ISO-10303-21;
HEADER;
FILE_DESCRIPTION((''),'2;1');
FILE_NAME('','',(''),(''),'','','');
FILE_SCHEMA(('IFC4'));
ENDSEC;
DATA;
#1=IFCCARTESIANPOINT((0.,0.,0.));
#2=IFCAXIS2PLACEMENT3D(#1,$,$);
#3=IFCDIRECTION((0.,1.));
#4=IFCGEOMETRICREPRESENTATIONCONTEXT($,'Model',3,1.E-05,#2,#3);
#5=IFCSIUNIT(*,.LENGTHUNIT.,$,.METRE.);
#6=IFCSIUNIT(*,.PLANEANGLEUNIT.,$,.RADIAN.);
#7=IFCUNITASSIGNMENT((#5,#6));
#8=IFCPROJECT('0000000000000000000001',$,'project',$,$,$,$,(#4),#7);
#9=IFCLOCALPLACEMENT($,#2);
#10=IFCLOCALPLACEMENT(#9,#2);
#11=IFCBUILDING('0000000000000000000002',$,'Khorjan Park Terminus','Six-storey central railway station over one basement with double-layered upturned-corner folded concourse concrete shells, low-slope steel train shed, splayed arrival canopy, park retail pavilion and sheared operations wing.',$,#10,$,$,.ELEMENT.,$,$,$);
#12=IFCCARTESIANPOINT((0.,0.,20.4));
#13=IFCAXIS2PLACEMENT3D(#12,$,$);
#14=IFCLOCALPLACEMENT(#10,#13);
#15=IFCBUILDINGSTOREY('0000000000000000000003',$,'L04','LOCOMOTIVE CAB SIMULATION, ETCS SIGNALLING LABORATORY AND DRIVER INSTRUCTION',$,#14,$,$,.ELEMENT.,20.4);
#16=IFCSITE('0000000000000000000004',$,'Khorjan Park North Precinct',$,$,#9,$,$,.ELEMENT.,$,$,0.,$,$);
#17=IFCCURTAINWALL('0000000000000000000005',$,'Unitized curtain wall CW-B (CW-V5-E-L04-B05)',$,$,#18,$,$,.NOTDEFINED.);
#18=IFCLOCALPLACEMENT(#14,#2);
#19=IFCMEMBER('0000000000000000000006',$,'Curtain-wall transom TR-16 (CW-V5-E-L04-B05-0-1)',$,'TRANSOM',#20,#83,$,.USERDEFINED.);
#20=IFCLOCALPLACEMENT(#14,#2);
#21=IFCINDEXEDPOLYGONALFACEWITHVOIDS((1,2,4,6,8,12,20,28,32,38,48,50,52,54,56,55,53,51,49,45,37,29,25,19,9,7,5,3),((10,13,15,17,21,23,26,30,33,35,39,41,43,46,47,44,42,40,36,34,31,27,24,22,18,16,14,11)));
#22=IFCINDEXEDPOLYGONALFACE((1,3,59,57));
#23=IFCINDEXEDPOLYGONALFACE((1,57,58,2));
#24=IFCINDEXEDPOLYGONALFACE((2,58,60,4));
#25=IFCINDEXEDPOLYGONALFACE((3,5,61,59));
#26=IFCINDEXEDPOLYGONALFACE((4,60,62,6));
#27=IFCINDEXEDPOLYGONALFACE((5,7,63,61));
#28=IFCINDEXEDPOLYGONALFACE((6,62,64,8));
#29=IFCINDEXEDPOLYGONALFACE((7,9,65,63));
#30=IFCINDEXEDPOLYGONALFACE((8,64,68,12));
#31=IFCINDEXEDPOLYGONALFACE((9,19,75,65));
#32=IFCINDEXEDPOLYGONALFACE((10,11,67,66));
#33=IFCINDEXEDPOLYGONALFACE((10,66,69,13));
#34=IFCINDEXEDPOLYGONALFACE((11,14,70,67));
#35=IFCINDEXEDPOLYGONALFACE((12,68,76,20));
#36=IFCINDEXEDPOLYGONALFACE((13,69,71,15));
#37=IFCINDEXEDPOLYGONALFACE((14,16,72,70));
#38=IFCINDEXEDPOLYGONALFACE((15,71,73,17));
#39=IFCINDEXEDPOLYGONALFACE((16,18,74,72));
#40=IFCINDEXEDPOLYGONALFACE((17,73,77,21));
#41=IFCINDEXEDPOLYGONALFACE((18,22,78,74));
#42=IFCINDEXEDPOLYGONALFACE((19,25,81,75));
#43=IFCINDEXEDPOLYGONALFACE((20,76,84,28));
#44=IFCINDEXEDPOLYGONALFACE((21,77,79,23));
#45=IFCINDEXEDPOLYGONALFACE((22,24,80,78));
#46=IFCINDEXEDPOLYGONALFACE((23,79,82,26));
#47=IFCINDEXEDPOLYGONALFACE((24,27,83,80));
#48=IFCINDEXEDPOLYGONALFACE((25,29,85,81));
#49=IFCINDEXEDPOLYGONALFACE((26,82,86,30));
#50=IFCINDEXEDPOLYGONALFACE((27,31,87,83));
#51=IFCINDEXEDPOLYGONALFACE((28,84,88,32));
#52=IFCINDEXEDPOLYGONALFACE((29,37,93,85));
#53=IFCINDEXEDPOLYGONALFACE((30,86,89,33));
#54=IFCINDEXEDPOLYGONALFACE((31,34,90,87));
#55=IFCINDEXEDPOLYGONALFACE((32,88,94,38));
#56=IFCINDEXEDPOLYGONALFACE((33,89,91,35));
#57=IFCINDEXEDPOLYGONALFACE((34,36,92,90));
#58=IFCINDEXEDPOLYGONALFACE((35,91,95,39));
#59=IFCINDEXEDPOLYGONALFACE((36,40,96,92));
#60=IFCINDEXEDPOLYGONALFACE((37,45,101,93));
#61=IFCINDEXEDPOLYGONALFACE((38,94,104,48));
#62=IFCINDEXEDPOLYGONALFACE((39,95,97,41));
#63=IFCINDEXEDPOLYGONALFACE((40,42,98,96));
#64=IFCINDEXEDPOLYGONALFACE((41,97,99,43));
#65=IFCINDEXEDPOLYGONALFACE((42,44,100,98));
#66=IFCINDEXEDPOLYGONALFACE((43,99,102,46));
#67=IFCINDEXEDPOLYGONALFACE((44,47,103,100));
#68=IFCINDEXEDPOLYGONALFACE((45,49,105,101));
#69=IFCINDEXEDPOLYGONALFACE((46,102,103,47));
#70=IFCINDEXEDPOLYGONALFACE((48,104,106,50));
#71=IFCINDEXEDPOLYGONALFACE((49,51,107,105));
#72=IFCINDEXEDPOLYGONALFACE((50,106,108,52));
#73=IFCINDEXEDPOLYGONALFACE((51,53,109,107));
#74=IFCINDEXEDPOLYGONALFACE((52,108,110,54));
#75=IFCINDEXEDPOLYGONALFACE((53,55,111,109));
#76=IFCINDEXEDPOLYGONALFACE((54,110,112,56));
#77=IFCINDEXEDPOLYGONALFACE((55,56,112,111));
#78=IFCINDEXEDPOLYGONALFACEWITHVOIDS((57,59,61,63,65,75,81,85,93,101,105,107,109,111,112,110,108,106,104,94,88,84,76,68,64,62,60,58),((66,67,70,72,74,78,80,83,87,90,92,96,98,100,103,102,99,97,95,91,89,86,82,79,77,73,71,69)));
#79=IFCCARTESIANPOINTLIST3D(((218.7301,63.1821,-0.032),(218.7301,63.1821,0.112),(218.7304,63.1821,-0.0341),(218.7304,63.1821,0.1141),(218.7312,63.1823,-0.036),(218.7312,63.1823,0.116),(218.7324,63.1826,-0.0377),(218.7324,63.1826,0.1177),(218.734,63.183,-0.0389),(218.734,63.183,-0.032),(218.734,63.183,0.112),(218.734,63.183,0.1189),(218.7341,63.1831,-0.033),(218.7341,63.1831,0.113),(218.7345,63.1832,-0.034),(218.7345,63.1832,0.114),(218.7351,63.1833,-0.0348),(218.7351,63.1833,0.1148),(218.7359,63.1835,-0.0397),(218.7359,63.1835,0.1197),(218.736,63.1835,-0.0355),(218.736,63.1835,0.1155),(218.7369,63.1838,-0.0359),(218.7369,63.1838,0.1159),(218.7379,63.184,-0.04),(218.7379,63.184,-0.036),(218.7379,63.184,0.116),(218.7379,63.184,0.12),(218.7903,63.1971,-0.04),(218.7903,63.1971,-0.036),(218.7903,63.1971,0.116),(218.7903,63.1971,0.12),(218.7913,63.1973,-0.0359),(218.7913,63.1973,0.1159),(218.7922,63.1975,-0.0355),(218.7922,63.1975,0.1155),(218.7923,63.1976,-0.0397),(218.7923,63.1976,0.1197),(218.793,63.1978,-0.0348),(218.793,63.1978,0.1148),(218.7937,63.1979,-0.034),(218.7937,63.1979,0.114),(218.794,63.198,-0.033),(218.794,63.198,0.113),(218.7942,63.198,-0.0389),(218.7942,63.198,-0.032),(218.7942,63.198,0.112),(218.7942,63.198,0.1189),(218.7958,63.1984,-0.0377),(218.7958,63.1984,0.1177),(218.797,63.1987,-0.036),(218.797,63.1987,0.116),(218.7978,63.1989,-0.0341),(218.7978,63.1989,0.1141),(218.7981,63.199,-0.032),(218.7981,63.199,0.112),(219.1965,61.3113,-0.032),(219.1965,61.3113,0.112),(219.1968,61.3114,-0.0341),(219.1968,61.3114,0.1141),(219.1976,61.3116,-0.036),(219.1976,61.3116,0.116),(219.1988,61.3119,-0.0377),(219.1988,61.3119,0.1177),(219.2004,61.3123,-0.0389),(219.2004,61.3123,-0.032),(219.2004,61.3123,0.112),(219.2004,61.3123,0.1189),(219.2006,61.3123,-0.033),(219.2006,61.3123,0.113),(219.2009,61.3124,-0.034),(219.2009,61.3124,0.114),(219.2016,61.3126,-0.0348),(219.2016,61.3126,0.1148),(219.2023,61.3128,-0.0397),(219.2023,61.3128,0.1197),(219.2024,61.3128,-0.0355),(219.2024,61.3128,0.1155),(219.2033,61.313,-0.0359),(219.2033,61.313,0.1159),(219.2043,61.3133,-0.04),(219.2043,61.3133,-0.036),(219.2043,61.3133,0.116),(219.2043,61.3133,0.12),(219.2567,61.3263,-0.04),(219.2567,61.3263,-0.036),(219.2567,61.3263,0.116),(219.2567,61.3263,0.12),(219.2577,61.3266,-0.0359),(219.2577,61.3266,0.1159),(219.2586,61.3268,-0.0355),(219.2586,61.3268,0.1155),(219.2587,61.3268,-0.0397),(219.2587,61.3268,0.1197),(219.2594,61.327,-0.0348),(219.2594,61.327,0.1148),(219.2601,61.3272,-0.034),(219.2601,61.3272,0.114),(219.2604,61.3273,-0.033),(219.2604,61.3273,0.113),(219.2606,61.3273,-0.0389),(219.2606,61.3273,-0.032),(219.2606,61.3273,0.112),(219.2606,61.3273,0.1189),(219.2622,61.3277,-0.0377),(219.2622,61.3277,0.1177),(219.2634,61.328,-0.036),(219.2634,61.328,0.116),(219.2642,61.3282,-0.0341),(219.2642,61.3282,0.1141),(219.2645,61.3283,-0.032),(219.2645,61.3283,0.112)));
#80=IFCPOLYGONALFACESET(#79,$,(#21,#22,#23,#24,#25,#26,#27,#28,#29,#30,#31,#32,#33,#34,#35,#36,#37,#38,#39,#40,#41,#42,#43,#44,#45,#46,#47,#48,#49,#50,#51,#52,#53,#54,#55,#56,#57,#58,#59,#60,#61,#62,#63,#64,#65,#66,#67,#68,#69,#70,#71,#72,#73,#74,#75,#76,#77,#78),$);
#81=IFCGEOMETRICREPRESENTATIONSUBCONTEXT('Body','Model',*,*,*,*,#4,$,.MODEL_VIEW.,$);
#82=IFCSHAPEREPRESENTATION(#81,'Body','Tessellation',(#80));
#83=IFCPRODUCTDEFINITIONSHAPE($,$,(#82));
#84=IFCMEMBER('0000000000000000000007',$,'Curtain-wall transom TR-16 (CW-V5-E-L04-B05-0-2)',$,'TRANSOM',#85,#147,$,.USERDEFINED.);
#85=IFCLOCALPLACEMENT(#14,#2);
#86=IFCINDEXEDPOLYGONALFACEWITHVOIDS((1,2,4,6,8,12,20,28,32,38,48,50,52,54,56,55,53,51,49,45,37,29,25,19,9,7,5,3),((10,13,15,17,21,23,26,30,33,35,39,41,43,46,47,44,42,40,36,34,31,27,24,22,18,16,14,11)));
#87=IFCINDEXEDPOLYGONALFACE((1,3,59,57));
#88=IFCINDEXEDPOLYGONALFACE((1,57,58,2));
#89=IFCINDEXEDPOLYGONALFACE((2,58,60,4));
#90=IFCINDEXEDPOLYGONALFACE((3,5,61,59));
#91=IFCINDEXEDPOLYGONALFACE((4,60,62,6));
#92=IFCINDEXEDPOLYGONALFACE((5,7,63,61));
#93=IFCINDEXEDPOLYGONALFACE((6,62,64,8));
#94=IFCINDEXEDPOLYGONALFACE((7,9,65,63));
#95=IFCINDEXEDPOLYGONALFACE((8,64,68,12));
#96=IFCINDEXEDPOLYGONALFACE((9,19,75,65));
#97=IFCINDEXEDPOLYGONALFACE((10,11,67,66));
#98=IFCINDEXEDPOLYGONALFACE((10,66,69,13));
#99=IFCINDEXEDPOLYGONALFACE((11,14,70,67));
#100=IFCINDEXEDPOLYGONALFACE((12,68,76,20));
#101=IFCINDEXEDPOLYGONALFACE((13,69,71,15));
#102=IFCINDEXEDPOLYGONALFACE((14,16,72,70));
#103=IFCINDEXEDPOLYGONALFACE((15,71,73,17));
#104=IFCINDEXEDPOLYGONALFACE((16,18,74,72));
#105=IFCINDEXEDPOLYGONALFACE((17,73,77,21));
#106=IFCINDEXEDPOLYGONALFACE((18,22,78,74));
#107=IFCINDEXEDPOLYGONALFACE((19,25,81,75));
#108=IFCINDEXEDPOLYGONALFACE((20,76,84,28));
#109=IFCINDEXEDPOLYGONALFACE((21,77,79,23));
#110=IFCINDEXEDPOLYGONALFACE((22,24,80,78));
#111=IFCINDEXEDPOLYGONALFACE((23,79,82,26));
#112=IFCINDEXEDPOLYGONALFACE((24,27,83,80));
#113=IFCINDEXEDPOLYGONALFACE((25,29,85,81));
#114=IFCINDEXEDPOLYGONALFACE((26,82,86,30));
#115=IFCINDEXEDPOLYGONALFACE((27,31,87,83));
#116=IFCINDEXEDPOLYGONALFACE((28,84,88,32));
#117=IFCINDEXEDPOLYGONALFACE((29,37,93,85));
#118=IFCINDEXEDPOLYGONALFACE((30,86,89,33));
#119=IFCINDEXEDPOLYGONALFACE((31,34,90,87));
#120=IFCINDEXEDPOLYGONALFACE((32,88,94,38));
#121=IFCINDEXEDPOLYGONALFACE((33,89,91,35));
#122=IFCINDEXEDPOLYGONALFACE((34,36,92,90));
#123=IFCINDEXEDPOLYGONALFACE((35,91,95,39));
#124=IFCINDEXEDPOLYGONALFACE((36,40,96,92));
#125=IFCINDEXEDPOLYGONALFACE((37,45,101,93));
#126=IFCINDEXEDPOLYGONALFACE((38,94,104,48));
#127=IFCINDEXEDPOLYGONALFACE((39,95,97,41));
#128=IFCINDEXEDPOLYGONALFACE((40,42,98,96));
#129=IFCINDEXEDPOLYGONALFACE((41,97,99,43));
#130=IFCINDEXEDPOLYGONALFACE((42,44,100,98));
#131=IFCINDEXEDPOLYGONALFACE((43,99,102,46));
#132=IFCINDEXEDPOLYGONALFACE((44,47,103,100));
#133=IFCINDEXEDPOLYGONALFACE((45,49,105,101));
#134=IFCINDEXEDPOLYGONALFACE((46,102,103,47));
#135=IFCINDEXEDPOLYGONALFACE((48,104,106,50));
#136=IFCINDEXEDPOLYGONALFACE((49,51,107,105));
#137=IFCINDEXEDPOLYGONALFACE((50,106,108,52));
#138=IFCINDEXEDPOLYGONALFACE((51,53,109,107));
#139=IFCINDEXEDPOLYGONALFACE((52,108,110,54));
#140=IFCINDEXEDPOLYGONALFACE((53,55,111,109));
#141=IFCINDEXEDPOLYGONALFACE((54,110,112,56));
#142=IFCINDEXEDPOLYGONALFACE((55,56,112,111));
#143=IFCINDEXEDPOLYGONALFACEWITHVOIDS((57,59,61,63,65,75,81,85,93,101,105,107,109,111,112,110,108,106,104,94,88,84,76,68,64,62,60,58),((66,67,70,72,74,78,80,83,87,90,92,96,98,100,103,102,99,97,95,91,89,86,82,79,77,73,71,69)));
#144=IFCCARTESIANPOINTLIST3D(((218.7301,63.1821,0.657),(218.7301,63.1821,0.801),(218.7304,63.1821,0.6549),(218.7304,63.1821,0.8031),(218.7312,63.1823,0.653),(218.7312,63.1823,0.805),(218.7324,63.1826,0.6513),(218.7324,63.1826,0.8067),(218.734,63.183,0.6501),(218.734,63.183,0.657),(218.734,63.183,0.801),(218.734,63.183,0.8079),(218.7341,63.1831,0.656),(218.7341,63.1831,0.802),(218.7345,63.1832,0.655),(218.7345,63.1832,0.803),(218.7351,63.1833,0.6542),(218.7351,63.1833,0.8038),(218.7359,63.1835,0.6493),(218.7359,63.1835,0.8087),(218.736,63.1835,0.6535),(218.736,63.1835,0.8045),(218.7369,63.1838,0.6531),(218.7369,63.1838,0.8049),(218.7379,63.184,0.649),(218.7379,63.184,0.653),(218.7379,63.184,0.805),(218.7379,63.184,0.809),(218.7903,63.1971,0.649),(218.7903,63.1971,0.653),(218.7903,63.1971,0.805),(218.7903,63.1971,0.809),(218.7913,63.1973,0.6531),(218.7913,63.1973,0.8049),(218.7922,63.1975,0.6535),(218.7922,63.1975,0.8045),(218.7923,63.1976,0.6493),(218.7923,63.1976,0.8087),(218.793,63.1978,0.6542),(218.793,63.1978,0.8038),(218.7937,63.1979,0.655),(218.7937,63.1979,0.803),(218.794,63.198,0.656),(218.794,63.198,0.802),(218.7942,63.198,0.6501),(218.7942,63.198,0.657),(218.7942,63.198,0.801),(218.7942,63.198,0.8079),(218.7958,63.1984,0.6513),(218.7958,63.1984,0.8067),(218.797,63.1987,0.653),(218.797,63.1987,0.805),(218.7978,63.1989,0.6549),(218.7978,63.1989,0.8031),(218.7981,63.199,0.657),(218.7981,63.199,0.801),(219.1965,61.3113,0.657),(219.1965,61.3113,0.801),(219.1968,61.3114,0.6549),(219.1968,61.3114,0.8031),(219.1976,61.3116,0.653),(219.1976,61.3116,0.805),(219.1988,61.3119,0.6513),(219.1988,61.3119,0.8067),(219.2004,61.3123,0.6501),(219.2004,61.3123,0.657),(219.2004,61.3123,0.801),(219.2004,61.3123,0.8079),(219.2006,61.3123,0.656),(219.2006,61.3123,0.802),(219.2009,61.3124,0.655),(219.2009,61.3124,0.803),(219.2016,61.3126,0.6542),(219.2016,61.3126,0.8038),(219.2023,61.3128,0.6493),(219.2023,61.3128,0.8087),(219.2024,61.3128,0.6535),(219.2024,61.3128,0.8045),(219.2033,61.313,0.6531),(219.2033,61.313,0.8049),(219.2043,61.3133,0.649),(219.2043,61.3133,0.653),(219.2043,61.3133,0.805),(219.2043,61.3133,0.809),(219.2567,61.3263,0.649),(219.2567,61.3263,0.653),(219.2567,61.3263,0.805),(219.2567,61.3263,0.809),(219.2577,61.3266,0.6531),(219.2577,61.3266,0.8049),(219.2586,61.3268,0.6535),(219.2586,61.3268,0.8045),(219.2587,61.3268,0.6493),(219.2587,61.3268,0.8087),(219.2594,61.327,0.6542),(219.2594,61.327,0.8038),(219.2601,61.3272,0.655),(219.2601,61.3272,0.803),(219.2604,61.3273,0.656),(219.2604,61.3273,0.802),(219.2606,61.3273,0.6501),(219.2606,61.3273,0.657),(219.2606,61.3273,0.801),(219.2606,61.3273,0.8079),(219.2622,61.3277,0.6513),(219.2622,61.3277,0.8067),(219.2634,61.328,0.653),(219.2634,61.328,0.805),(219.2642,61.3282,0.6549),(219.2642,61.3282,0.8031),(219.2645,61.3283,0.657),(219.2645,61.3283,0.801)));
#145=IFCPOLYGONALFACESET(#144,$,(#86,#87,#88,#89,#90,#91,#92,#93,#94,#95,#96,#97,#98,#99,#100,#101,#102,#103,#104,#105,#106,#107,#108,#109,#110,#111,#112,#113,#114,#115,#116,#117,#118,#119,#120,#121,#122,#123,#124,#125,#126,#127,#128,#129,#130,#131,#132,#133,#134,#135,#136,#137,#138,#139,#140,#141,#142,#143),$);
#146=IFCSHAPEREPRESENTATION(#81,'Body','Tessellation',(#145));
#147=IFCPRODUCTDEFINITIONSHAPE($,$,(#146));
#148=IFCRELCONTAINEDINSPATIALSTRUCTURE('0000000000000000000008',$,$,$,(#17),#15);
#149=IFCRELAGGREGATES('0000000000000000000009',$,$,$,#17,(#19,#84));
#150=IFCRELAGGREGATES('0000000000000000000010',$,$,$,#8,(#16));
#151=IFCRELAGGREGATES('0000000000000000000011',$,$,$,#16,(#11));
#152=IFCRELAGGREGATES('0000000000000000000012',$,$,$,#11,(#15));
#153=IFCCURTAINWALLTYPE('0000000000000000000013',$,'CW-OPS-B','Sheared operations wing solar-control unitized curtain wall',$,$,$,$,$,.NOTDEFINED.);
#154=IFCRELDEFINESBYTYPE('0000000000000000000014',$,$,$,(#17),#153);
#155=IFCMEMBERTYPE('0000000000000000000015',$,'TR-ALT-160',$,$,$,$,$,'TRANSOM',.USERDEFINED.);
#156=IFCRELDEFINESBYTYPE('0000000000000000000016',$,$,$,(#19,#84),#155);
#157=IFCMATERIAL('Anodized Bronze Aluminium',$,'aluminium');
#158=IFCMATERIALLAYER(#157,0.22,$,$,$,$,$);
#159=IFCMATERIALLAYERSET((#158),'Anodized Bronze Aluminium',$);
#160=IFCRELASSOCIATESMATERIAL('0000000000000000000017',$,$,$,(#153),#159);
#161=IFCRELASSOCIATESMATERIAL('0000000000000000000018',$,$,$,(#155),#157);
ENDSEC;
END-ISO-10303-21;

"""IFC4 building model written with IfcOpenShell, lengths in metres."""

from ifc_helpers import new_model, si_unit, direction, frame, origin, origin_2d, place, context, subcontext, project, spatial, hollow_rectangle, extrude, material, layer, layer_set, material_profile, profile_set, type_object, element, aggregate, save


model = new_model("IFC4")

# Units and contexts
model_context = context("Model", 3, precision=1e-05, world=origin(), true_north=direction((0.0, 1.0)))
body_context = subcontext(model_context, "Body", "Model", "MODEL_VIEW")
ifc_project = project(units=[si_unit("LENGTHUNIT", "METRE"), si_unit("PLANEANGLEUNIT", "RADIAN")], contexts=[model_context])

# Site, building, storey
site_placement = place(None, origin())
site = spatial("IfcSite", under=ifc_project, at=site_placement, Name="Khorjan Park North Precinct", CompositionType="ELEMENT", RefElevation=0.0)
building_placement = place(site_placement, origin())
building = spatial("IfcBuilding", under=site, at=building_placement, Name="Khorjan Park Terminus", Description="Six-storey central railway station over one basement with double-layered upturned-corner folded concourse concrete shells, low-slope steel train shed, splayed arrival canopy, park retail pavilion and sheared operations wing.", CompositionType="ELEMENT")
storey_placement = place(building_placement, frame((0.0, 0.0, 20.4)))
storey = spatial("IfcBuildingStorey", under=building, at=storey_placement, Name="L04", Description="LOCOMOTIVE CAB SIMULATION, ETCS SIGNALLING LABORATORY AND DRIVER INSTRUCTION", CompositionType="ELEMENT", Elevation=20.4)

# Curtain wall, members
ifc_material_1 = material(Name="Anodized Bronze Aluminium", Category="aluminium")
ifc_layer_1 = layer(ifc_material_1, 0.22)
ifc_layer_set_1 = layer_set([ifc_layer_1], Name="Anodized Bronze Aluminium")
curtain_wall_type = type_object("IfcCurtainWallType", Name="CW-OPS-B", Description="Sheared operations wing solar-control unitized curtain wall", PredefinedType="NOTDEFINED", material=ifc_layer_set_1)
curtain_wall_placement = place(storey_placement, origin())
curtain_wall = element("IfcCurtainWall", 1, at=curtain_wall_placement, inside=storey, type_object=curtain_wall_type, Name="Unitized curtain wall CW-B (CW-V5-E-L04-B05)", PredefinedType="NOTDEFINED")
ifc_material_profile_1 = material_profile(ifc_material_1, hollow_rectangle(XDim=0.07, YDim=0.16, WallThickness=0.004, InnerFilletRadius=0.004, OuterFilletRadius=0.008, at=origin_2d()), Name="ALT 70x160x4")
ifc_profile_set_1 = profile_set([ifc_material_profile_1], Name="Anodized Bronze Aluminium")
member_type_1 = type_object("IfcMemberType", Name="TR-ALT-160", ElementType="TRANSOM", PredefinedType="USERDEFINED", material=ifc_profile_set_1)
member_1_placement = place(storey_placement, frame((219.2305, 61.3198, 0.04), z_axis=(-0.241913, 0.970298, 0.0), x_axis=(-0.970298, -0.241913, 0.0)))
member_1 = element("IfcMember", 2, at=member_1_placement, type_object=member_type_1, Name="Curtain-wall transom TR-16 (CW-V5-E-L04-B05-0-1)", ObjectType="TRANSOM", PredefinedType="USERDEFINED", context=body_context, shape_type="SweptSolid", body=[
    extrude(hollow_rectangle(XDim=0.07, YDim=0.16, WallThickness=0.004, InnerFilletRadius=0.004, OuterFilletRadius=0.008, at=origin_2d()), origin(), (0.0, 0.0, 1.0), 1.928),
])
member_2_placement = place(storey_placement, frame((219.2305, 61.3198, 0.729), z_axis=(-0.241913, 0.970298, 0.0), x_axis=(-0.970298, -0.241913, 0.0)))
member_2 = element("IfcMember", 3, at=member_2_placement, type_object=member_type_1, Name="Curtain-wall transom TR-16 (CW-V5-E-L04-B05-0-2)", ObjectType="TRANSOM", PredefinedType="USERDEFINED", context=body_context, shape_type="SweptSolid", body=[
    extrude(hollow_rectangle(XDim=0.07, YDim=0.16, WallThickness=0.004, InnerFilletRadius=0.004, OuterFilletRadius=0.008, at=origin_2d()), origin(), (0.0, 0.0, 1.0), 1.928),
])
aggregate(curtain_wall, [member_1, member_2])

save(model, "model.ifc")
